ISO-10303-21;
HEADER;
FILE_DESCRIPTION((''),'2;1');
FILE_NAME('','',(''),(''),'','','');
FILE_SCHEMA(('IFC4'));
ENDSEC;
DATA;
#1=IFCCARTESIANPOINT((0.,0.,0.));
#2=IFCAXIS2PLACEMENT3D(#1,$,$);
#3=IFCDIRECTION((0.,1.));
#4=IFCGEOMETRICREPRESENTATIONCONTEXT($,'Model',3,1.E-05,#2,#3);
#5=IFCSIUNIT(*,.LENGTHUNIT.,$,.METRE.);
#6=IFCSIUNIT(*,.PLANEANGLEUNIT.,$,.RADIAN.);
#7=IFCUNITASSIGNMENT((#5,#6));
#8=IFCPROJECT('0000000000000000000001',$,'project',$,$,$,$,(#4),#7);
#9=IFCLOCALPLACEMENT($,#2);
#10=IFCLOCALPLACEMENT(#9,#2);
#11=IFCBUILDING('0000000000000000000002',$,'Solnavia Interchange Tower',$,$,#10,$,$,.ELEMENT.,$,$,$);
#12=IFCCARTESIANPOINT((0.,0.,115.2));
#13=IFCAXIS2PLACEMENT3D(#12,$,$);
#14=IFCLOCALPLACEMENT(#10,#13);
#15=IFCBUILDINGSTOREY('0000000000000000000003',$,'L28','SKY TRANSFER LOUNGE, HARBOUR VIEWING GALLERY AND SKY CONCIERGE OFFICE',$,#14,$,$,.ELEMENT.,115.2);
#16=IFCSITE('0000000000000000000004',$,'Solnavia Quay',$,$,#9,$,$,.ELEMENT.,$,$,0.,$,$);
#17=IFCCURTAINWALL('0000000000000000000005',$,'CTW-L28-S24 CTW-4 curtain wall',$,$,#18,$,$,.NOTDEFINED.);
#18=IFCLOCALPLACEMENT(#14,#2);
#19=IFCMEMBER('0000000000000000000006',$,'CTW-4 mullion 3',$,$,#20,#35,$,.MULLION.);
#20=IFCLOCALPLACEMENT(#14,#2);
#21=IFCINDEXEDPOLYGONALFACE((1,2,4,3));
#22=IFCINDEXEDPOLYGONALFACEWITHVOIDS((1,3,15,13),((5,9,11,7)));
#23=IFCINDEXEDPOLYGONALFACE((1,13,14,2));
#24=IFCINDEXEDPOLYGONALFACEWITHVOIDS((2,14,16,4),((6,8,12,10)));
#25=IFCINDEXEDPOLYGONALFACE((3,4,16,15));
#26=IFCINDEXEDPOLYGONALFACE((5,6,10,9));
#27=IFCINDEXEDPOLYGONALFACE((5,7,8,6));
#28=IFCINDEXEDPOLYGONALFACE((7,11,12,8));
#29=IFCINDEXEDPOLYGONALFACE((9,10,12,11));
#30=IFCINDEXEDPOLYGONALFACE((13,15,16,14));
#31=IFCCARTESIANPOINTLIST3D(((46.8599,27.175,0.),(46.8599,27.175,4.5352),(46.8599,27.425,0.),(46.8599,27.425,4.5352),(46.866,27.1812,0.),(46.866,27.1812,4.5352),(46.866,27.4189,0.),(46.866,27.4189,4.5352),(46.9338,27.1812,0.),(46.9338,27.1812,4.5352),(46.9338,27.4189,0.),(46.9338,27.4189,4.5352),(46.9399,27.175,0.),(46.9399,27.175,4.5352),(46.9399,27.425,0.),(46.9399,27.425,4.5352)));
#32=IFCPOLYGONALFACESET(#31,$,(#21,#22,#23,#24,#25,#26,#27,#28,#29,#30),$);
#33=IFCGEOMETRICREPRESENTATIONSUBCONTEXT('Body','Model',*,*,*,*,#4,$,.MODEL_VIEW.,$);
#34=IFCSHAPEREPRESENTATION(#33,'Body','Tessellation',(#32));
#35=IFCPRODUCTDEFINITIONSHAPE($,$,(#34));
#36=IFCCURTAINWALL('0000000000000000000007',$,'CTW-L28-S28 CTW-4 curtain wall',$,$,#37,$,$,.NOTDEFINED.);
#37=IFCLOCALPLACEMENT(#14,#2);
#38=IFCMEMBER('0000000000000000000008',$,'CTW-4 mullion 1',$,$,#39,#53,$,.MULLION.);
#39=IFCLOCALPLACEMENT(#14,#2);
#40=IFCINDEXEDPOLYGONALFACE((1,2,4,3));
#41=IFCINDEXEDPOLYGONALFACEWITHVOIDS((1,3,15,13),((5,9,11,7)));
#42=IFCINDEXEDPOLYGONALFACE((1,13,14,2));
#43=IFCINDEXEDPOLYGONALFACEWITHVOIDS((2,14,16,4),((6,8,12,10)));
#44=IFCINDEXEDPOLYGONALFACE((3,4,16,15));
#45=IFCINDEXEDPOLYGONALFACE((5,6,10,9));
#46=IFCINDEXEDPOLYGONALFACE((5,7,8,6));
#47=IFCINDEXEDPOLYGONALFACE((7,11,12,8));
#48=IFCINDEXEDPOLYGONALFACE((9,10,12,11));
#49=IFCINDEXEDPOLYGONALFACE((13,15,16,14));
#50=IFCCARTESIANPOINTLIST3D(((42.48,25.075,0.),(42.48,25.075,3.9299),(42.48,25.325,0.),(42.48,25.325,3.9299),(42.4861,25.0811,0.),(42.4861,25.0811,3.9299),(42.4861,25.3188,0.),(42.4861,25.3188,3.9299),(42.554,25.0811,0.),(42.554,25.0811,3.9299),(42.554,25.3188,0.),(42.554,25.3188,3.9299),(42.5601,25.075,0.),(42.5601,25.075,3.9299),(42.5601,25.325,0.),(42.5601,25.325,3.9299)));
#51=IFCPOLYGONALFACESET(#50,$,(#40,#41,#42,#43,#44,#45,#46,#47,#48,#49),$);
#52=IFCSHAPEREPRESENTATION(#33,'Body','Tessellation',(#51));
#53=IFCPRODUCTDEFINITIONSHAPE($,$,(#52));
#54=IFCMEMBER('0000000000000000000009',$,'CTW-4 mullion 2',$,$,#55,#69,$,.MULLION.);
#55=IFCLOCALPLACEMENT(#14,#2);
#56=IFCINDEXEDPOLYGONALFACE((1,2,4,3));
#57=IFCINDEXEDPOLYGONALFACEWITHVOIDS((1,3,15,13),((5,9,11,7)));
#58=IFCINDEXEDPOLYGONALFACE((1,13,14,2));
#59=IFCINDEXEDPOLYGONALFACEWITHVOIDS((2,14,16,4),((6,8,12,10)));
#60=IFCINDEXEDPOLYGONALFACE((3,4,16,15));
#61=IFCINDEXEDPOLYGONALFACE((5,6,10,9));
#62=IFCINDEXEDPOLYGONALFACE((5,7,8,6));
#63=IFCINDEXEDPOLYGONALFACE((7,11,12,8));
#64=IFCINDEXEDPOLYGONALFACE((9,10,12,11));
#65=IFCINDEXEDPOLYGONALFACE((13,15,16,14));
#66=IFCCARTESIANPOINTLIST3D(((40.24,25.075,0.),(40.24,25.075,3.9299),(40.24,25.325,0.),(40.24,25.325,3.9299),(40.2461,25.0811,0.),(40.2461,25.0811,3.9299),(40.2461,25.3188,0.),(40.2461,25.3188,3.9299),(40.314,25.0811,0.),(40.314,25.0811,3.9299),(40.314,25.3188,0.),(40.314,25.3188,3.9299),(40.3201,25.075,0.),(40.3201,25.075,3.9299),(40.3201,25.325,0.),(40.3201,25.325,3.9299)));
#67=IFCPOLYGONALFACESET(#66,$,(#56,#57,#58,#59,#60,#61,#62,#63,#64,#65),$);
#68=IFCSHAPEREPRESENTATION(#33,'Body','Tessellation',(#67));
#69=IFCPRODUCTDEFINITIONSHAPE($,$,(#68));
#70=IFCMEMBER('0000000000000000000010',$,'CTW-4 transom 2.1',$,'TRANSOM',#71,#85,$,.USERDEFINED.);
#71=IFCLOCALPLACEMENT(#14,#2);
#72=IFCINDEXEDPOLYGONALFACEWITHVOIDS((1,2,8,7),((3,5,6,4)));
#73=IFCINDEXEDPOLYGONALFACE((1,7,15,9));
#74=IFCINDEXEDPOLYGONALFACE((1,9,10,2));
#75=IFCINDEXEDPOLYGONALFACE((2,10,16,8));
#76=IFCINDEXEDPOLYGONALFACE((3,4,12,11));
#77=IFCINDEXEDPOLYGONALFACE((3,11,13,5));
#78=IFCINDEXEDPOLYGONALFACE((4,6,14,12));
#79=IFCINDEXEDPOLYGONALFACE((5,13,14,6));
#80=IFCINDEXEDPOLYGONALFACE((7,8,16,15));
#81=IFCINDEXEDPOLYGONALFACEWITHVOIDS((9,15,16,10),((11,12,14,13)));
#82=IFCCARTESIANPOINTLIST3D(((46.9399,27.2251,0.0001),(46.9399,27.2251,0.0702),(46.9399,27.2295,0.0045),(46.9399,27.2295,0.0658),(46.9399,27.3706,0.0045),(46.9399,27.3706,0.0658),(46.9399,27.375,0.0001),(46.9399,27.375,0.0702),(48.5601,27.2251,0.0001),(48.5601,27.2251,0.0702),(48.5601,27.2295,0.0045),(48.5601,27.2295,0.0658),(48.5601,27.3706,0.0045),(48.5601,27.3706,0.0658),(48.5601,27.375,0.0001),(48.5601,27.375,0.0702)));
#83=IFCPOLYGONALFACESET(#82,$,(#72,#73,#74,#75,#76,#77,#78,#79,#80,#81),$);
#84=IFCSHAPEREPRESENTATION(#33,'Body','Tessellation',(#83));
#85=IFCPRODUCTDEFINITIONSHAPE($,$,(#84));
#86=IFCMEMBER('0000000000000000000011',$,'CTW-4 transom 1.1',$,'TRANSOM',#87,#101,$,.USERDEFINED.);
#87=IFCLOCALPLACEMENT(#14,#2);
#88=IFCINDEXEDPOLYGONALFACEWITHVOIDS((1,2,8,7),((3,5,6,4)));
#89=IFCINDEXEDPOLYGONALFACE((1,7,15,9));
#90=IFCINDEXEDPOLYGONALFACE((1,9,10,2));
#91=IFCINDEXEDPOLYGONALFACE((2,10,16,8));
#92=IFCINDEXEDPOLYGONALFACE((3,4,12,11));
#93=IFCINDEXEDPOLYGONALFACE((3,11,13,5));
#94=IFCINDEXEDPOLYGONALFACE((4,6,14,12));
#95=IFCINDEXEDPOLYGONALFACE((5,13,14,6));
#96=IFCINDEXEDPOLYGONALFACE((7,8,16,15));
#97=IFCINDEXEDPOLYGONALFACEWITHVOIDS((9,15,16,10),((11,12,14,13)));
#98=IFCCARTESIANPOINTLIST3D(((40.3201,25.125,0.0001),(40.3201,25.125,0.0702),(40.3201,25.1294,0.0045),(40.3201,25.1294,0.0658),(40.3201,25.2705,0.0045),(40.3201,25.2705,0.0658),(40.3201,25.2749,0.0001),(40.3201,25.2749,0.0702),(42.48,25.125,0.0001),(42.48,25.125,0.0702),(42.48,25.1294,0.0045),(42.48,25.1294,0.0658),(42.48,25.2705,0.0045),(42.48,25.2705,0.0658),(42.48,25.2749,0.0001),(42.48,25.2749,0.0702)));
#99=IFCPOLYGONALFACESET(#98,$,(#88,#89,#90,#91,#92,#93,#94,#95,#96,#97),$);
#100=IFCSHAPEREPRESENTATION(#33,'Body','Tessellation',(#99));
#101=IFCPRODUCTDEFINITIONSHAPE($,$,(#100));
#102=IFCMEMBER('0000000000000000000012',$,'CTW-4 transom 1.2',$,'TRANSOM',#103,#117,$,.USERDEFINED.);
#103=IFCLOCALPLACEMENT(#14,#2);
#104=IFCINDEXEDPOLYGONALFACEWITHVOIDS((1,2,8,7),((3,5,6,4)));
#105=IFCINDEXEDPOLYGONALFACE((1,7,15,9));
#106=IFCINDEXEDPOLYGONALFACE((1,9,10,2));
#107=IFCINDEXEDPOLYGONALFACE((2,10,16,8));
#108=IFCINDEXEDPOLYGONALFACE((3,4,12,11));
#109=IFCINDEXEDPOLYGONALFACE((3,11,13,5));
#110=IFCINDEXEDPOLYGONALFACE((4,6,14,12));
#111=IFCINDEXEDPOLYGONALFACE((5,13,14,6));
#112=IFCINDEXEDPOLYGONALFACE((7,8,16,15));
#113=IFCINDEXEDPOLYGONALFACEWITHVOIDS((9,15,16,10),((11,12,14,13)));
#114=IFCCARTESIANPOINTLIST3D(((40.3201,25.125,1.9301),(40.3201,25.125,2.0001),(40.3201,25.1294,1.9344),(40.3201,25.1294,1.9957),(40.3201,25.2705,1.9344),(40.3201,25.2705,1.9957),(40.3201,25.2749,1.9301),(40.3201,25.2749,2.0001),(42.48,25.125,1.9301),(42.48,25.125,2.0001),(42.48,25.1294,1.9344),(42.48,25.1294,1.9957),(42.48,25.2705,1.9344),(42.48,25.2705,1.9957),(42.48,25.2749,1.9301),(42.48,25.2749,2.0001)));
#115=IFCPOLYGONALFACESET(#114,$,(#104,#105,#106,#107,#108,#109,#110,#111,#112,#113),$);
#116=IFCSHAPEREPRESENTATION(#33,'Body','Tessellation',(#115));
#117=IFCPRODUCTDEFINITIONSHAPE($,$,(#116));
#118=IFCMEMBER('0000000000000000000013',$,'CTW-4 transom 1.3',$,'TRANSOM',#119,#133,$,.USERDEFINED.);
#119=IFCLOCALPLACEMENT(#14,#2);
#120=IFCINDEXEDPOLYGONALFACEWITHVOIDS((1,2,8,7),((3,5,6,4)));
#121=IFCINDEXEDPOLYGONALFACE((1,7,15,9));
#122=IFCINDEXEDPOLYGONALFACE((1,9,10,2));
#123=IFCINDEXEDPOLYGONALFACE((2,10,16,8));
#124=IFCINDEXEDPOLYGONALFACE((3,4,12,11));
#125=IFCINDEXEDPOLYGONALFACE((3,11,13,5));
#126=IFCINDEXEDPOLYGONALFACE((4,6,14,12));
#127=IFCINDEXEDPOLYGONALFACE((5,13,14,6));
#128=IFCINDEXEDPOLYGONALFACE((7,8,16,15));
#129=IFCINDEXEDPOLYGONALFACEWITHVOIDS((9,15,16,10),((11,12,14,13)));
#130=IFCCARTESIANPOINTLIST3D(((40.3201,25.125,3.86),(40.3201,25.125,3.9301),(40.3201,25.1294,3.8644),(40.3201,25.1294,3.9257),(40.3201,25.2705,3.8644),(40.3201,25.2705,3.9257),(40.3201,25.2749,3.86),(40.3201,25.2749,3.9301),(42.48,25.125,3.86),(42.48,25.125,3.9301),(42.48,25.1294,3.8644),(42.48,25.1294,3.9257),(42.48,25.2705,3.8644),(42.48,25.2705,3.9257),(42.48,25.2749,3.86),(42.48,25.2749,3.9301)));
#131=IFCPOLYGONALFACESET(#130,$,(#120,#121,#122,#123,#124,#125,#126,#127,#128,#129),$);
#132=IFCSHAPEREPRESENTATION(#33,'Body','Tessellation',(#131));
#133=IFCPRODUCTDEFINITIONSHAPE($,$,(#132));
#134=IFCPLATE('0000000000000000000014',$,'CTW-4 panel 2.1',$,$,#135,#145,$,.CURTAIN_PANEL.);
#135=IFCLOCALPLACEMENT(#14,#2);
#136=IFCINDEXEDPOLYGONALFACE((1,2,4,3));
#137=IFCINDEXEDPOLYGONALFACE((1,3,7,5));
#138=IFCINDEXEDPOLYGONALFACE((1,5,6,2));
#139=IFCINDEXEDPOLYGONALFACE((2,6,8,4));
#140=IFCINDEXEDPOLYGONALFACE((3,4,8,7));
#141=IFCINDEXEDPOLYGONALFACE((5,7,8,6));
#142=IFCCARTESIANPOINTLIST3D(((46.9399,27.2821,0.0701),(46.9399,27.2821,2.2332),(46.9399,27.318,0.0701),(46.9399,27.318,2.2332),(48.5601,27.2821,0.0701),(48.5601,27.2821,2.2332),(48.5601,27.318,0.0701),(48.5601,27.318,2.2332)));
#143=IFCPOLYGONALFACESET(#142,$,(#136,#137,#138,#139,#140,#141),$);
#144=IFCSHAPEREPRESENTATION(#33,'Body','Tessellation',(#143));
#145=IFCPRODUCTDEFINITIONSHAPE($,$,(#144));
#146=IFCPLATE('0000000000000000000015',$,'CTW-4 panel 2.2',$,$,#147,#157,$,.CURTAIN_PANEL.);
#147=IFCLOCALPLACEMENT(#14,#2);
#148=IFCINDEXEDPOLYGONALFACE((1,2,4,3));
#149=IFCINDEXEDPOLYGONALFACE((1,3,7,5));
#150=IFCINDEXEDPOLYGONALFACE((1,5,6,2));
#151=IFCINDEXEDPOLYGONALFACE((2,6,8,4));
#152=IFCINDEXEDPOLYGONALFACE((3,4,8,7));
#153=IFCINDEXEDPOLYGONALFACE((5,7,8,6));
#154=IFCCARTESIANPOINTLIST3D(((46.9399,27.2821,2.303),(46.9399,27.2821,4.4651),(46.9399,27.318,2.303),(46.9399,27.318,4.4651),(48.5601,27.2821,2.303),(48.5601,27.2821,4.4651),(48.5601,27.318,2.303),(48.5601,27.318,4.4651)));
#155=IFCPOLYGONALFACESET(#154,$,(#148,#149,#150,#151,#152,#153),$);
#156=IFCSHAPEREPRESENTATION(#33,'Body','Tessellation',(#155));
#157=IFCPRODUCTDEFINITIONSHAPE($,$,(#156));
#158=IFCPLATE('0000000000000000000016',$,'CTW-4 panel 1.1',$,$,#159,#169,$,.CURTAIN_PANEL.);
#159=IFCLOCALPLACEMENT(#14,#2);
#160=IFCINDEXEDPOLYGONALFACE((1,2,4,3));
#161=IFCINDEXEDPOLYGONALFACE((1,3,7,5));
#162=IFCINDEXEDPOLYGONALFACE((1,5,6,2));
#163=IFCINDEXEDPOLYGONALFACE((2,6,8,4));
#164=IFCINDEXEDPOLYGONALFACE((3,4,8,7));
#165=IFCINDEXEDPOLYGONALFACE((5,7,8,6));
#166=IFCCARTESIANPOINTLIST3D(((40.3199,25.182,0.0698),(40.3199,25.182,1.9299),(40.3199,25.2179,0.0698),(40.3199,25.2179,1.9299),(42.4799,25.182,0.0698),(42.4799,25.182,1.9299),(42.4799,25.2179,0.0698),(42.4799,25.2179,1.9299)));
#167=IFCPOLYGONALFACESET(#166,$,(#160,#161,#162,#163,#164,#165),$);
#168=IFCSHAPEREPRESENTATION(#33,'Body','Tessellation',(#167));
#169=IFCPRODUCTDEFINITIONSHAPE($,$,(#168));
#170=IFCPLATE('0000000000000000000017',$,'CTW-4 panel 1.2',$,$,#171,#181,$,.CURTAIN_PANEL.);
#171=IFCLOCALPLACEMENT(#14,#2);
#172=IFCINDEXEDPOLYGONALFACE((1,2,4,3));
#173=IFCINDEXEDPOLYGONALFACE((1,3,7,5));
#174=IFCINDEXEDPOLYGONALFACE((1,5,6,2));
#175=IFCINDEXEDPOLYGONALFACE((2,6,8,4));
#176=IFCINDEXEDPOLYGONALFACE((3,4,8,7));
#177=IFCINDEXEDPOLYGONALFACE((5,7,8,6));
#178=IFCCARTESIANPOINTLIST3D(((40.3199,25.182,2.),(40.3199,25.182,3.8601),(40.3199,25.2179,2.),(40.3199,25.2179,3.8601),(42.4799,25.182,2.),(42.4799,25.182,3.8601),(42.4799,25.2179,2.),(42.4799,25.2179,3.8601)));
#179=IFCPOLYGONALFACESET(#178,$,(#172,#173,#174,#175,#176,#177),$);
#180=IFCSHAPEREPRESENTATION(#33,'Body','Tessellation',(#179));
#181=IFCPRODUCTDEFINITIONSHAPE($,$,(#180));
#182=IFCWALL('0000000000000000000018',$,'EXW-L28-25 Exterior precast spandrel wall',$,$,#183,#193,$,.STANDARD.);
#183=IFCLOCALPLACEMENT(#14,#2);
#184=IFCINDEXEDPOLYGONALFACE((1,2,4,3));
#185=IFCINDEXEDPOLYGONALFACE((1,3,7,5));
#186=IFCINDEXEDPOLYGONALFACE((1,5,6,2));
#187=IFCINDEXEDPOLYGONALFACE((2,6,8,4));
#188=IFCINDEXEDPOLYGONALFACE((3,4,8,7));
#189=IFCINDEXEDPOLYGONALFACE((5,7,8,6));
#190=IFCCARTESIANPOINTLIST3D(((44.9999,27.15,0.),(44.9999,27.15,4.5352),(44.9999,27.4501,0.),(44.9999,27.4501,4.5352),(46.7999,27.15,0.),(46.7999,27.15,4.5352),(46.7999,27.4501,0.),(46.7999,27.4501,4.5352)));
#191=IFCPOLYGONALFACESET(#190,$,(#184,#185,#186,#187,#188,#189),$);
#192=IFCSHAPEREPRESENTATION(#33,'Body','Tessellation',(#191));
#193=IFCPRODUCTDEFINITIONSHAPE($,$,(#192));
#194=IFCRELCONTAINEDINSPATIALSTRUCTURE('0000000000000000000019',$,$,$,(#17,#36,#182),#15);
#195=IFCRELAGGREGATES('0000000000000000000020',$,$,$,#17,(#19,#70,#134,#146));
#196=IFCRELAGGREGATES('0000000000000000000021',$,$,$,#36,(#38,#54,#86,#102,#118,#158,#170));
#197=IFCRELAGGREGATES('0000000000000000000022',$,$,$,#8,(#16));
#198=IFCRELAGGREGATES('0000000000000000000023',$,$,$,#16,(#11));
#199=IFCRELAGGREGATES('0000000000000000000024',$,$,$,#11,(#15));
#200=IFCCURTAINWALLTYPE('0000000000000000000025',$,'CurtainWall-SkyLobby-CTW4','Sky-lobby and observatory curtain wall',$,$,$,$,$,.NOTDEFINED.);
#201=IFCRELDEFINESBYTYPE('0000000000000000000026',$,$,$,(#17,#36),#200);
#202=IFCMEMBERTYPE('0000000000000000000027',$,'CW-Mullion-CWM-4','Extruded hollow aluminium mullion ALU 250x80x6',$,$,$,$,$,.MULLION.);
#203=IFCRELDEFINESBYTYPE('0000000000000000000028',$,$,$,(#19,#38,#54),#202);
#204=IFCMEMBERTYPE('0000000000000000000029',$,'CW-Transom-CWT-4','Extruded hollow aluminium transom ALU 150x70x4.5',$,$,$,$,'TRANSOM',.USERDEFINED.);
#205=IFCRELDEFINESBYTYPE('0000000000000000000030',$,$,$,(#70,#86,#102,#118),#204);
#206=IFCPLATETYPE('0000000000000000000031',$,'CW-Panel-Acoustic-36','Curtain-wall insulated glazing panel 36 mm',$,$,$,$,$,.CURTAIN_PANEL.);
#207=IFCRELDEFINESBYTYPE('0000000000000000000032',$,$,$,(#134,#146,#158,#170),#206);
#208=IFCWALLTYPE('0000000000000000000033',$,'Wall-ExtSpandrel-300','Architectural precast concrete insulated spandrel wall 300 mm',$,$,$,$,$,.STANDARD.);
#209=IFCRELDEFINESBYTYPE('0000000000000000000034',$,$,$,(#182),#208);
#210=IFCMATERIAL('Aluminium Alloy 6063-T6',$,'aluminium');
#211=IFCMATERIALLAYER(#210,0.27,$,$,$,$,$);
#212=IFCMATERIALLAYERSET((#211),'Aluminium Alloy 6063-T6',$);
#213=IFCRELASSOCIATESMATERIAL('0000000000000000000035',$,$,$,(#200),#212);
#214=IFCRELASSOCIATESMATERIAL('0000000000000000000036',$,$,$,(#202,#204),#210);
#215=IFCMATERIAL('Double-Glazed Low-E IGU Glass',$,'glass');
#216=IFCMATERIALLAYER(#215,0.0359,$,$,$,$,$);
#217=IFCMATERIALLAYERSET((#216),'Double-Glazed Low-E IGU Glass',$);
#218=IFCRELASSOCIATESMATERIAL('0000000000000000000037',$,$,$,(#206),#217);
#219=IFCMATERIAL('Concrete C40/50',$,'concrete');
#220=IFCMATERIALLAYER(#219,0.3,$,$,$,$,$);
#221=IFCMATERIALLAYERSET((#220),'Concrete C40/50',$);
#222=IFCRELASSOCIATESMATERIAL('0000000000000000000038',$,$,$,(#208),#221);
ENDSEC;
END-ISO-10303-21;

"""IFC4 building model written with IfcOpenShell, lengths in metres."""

from ifc_helpers import new_model, si_unit, direction, frame, frame_2d, origin, origin_2d, place, context, subcontext, project, spatial, rectangle, hollow_rectangle, extrude, material, layer, layer_set, material_profile, profile_set, type_object, element, aggregate, save


model = new_model("IFC4")

# Units and contexts
model_context = context("Model", 3, precision=1e-05, world=origin(), true_north=direction((0.0, 1.0)))
body_context = subcontext(model_context, "Body", "Model", "MODEL_VIEW")
ifc_project = project(units=[si_unit("LENGTHUNIT", "METRE"), si_unit("PLANEANGLEUNIT", "RADIAN")], contexts=[model_context])

# Site, building, storey
site_placement = place(None, origin())
site = spatial("IfcSite", under=ifc_project, at=site_placement, Name="Solnavia Quay", CompositionType="ELEMENT", RefElevation=0.0)
building_placement = place(site_placement, origin())
building = spatial("IfcBuilding", under=site, at=building_placement, Name="Solnavia Interchange Tower", CompositionType="ELEMENT")
storey_placement = place(building_placement, frame((0.0, 0.0, 115.2)))
storey = spatial("IfcBuildingStorey", under=building, at=storey_placement, Name="L28", Description="SKY TRANSFER LOUNGE, HARBOUR VIEWING GALLERY AND SKY CONCIERGE OFFICE", CompositionType="ELEMENT", Elevation=115.2)

# Curtain wall, member
ifc_material_1 = material(Name="Aluminium Alloy 6063-T6", Category="aluminium")
ifc_layer_1 = layer(ifc_material_1, 0.27)
ifc_layer_set_1 = layer_set([ifc_layer_1], Name="Aluminium Alloy 6063-T6")
curtain_wall_type = type_object("IfcCurtainWallType", Name="CurtainWall-SkyLobby-CTW4", Description="Sky-lobby and observatory curtain wall", PredefinedType="NOTDEFINED", material=ifc_layer_set_1)
curtain_wall_1_placement = place(storey_placement, origin())
curtain_wall_1 = element("IfcCurtainWall", 1, at=curtain_wall_1_placement, inside=storey, type_object=curtain_wall_type, Name="CTW-L28-S24 CTW-4 curtain wall", PredefinedType="NOTDEFINED")
ifc_material_profile_1 = material_profile(ifc_material_1, hollow_rectangle(XDim=0.0801, YDim=0.25, WallThickness=0.0061, at=origin_2d()), Name="ALU 250x80x6")
ifc_profile_set_1 = profile_set([ifc_material_profile_1], Name="Aluminium Alloy 6063-T6")
member_type_1 = type_object("IfcMemberType", Name="CW-Mullion-CWM-4", Description="Extruded hollow aluminium mullion ALU 250x80x6", PredefinedType="MULLION", material=ifc_profile_set_1)
member_1_placement = place(storey_placement, frame((46.8999, 27.3, 0.0), z_axis=(0.0, 0.0, 1.0), x_axis=(-1.0, 0.0, 0.0)))
member_1 = element("IfcMember", 2, at=member_1_placement, type_object=member_type_1, Name="CTW-4 mullion 3", PredefinedType="MULLION", context=body_context, shape_type="SweptSolid", body=[
    extrude(hollow_rectangle(XDim=0.0801, YDim=0.25, WallThickness=0.0061, at=origin_2d()), origin(), (0.0, 0.0, 1.0), 4.5352),
])

# Curtain wall, members
curtain_wall_2_placement = place(storey_placement, origin())
curtain_wall_2 = element("IfcCurtainWall", 3, at=curtain_wall_2_placement, inside=storey, type_object=curtain_wall_type, Name="CTW-L28-S28 CTW-4 curtain wall", PredefinedType="NOTDEFINED")
member_2_placement = place(storey_placement, frame((42.52, 25.2, 0.0), z_axis=(0.0, 0.0, 1.0), x_axis=(-1.0, 0.0, 0.0)))
member_2 = element("IfcMember", 4, at=member_2_placement, type_object=member_type_1, Name="CTW-4 mullion 1", PredefinedType="MULLION", context=body_context, shape_type="SweptSolid", body=[
    extrude(hollow_rectangle(XDim=0.0801, YDim=0.25, WallThickness=0.0061, at=origin_2d()), origin(), (0.0, 0.0, 1.0), 3.9299),
])
member_3_placement = place(storey_placement, frame((40.28, 25.2, 0.0), z_axis=(0.0, 0.0, 1.0), x_axis=(-1.0, 0.0, 0.0)))
member_3 = element("IfcMember", 5, at=member_3_placement, type_object=member_type_1, Name="CTW-4 mullion 2", PredefinedType="MULLION", context=body_context, shape_type="SweptSolid", body=[
    extrude(hollow_rectangle(XDim=0.0801, YDim=0.25, WallThickness=0.0061, at=origin_2d()), origin(), (0.0, 0.0, 1.0), 3.9299),
])

# Members
ifc_material_profile_2 = material_profile(ifc_material_1, hollow_rectangle(XDim=0.0701, YDim=0.1499, WallThickness=0.0044, at=origin_2d()), Name="ALU 150x70x4.5")
ifc_profile_set_2 = profile_set([ifc_material_profile_2], Name="Aluminium Alloy 6063-T6")
member_type_2 = type_object("IfcMemberType", Name="CW-Transom-CWT-4", Description="Extruded hollow aluminium transom ALU 150x70x4.5", ElementType="TRANSOM", PredefinedType="USERDEFINED", material=ifc_profile_set_2)
member_4_placement = place(storey_placement, frame((48.5601, 27.3, 0.0352), z_axis=(-1.0, 0.0, 0.0), x_axis=(0.0, 0.0, 1.0)))
member_4 = element("IfcMember", 6, at=member_4_placement, type_object=member_type_2, Name="CTW-4 transom 2.1", ObjectType="TRANSOM", PredefinedType="USERDEFINED", context=body_context, shape_type="SweptSolid", body=[
    extrude(hollow_rectangle(XDim=0.0701, YDim=0.1499, WallThickness=0.0044, at=origin_2d()), origin(), (0.0, 0.0, 1.0), 1.6201),
])
member_5_placement = place(storey_placement, frame((42.48, 25.2, 0.0352), z_axis=(-1.0, 0.0, 0.0), x_axis=(0.0, 0.0, 1.0)))
member_5 = element("IfcMember", 7, at=member_5_placement, type_object=member_type_2, Name="CTW-4 transom 1.1", ObjectType="TRANSOM", PredefinedType="USERDEFINED", context=body_context, shape_type="SweptSolid", body=[
    extrude(hollow_rectangle(XDim=0.0701, YDim=0.1499, WallThickness=0.0044, at=origin_2d()), origin(), (0.0, 0.0, 1.0), 2.1599),
])
member_6_placement = place(storey_placement, frame((42.48, 25.2, 1.9651), z_axis=(-1.0, 0.0, 0.0), x_axis=(0.0, 0.0, 1.0)))
member_6 = element("IfcMember", 8, at=member_6_placement, type_object=member_type_2, Name="CTW-4 transom 1.2", ObjectType="TRANSOM", PredefinedType="USERDEFINED", context=body_context, shape_type="SweptSolid", body=[
    extrude(hollow_rectangle(XDim=0.0701, YDim=0.1499, WallThickness=0.0044, at=origin_2d()), origin(), (0.0, 0.0, 1.0), 2.1599),
])
member_7_placement = place(storey_placement, frame((42.48, 25.2, 3.895), z_axis=(-1.0, 0.0, 0.0), x_axis=(0.0, 0.0, 1.0)))
member_7 = element("IfcMember", 9, at=member_7_placement, type_object=member_type_2, Name="CTW-4 transom 1.3", ObjectType="TRANSOM", PredefinedType="USERDEFINED", context=body_context, shape_type="SweptSolid", body=[
    extrude(hollow_rectangle(XDim=0.0701, YDim=0.1499, WallThickness=0.0044, at=origin_2d()), origin(), (0.0, 0.0, 1.0), 2.1599),
])

# Plates
ifc_material_2 = material(Name="Double-Glazed Low-E IGU Glass", Category="glass")
ifc_layer_2 = layer(ifc_material_2, 0.0359)
ifc_layer_set_2 = layer_set([ifc_layer_2], Name="Double-Glazed Low-E IGU Glass")
plate_type = type_object("IfcPlateType", Name="CW-Panel-Acoustic-36", Description="Curtain-wall insulated glazing panel 36 mm", PredefinedType="CURTAIN_PANEL", material=ifc_layer_set_2)
plate_1_placement = place(storey_placement, frame((47.75, 27.3, 0.0701), z_axis=(0.0, 0.0, 1.0), x_axis=(-1.0, 0.0, 0.0)))
plate_1 = element("IfcPlate", 10, at=plate_1_placement, type_object=plate_type, Name="CTW-4 panel 2.1", PredefinedType="CURTAIN_PANEL", context=body_context, shape_type="SweptSolid", body=[
    extrude(rectangle(XDim=1.6201, YDim=0.0359, at=origin_2d()), origin(), (0.0, 0.0, 1.0), 2.1631),
])
plate_2_placement = place(storey_placement, frame((47.75, 27.3, 2.303), z_axis=(0.0, 0.0, 1.0), x_axis=(-1.0, 0.0, 0.0)))
plate_2 = element("IfcPlate", 11, at=plate_2_placement, type_object=plate_type, Name="CTW-4 panel 2.2", PredefinedType="CURTAIN_PANEL", context=body_context, shape_type="SweptSolid", body=[
    extrude(rectangle(XDim=1.6201, YDim=0.0359, at=origin_2d()), origin(), (0.0, 0.0, 1.0), 2.1621),
])
aggregate(curtain_wall_1, [member_1, member_4, plate_1, plate_2])
plate_3_placement = place(storey_placement, frame((41.3999, 25.2, 0.0698), z_axis=(0.0, 0.0, 1.0), x_axis=(-1.0, 0.0, 0.0)))
plate_3 = element("IfcPlate", 12, at=plate_3_placement, type_object=plate_type, Name="CTW-4 panel 1.1", PredefinedType="CURTAIN_PANEL", context=body_context, shape_type="SweptSolid", body=[
    extrude(rectangle(XDim=2.1599, YDim=0.0359, at=origin_2d()), origin(), (0.0, 0.0, 1.0), 1.8601),
])
plate_4_placement = place(storey_placement, frame((41.3999, 25.2, 2.0), z_axis=(0.0, 0.0, 1.0), x_axis=(-1.0, 0.0, 0.0)))
plate_4 = element("IfcPlate", 13, at=plate_4_placement, type_object=plate_type, Name="CTW-4 panel 1.2", PredefinedType="CURTAIN_PANEL", context=body_context, shape_type="SweptSolid", body=[
    extrude(rectangle(XDim=2.1599, YDim=0.0359, at=origin_2d()), origin(), (0.0, 0.0, 1.0), 1.8601),
])
aggregate(curtain_wall_2, [member_2, member_3, member_5, member_6, member_7, plate_3, plate_4])

# Wall
ifc_material_3 = material(Name="Concrete C40/50", Category="concrete")
ifc_layer_3 = layer(ifc_material_3, 0.3)
ifc_layer_set_3 = layer_set([ifc_layer_3], Name="Concrete C40/50")
wall_type = type_object("IfcWallType", Name="Wall-ExtSpandrel-300", Description="Architectural precast concrete insulated spandrel wall 300 mm", PredefinedType="STANDARD", material=ifc_layer_set_3)
wall_1_placement = place(storey_placement, frame((45.0, 27.3, 0.0), z_axis=(0.0, 0.0, 1.0), x_axis=(1.0, 0.0, 0.0)))
element("IfcWall", 14, at=wall_1_placement, inside=storey, type_object=wall_type, Name="EXW-L28-25 Exterior precast spandrel wall", PredefinedType="STANDARD", context=body_context, shape_type="SweptSolid", body=[
    extrude(rectangle(XDim=1.8, YDim=0.3, at=frame_2d((0.8999, 0.0))), origin(), (0.0, 0.0, 1.0), 4.5352),
])

save(model, "model.ifc")
